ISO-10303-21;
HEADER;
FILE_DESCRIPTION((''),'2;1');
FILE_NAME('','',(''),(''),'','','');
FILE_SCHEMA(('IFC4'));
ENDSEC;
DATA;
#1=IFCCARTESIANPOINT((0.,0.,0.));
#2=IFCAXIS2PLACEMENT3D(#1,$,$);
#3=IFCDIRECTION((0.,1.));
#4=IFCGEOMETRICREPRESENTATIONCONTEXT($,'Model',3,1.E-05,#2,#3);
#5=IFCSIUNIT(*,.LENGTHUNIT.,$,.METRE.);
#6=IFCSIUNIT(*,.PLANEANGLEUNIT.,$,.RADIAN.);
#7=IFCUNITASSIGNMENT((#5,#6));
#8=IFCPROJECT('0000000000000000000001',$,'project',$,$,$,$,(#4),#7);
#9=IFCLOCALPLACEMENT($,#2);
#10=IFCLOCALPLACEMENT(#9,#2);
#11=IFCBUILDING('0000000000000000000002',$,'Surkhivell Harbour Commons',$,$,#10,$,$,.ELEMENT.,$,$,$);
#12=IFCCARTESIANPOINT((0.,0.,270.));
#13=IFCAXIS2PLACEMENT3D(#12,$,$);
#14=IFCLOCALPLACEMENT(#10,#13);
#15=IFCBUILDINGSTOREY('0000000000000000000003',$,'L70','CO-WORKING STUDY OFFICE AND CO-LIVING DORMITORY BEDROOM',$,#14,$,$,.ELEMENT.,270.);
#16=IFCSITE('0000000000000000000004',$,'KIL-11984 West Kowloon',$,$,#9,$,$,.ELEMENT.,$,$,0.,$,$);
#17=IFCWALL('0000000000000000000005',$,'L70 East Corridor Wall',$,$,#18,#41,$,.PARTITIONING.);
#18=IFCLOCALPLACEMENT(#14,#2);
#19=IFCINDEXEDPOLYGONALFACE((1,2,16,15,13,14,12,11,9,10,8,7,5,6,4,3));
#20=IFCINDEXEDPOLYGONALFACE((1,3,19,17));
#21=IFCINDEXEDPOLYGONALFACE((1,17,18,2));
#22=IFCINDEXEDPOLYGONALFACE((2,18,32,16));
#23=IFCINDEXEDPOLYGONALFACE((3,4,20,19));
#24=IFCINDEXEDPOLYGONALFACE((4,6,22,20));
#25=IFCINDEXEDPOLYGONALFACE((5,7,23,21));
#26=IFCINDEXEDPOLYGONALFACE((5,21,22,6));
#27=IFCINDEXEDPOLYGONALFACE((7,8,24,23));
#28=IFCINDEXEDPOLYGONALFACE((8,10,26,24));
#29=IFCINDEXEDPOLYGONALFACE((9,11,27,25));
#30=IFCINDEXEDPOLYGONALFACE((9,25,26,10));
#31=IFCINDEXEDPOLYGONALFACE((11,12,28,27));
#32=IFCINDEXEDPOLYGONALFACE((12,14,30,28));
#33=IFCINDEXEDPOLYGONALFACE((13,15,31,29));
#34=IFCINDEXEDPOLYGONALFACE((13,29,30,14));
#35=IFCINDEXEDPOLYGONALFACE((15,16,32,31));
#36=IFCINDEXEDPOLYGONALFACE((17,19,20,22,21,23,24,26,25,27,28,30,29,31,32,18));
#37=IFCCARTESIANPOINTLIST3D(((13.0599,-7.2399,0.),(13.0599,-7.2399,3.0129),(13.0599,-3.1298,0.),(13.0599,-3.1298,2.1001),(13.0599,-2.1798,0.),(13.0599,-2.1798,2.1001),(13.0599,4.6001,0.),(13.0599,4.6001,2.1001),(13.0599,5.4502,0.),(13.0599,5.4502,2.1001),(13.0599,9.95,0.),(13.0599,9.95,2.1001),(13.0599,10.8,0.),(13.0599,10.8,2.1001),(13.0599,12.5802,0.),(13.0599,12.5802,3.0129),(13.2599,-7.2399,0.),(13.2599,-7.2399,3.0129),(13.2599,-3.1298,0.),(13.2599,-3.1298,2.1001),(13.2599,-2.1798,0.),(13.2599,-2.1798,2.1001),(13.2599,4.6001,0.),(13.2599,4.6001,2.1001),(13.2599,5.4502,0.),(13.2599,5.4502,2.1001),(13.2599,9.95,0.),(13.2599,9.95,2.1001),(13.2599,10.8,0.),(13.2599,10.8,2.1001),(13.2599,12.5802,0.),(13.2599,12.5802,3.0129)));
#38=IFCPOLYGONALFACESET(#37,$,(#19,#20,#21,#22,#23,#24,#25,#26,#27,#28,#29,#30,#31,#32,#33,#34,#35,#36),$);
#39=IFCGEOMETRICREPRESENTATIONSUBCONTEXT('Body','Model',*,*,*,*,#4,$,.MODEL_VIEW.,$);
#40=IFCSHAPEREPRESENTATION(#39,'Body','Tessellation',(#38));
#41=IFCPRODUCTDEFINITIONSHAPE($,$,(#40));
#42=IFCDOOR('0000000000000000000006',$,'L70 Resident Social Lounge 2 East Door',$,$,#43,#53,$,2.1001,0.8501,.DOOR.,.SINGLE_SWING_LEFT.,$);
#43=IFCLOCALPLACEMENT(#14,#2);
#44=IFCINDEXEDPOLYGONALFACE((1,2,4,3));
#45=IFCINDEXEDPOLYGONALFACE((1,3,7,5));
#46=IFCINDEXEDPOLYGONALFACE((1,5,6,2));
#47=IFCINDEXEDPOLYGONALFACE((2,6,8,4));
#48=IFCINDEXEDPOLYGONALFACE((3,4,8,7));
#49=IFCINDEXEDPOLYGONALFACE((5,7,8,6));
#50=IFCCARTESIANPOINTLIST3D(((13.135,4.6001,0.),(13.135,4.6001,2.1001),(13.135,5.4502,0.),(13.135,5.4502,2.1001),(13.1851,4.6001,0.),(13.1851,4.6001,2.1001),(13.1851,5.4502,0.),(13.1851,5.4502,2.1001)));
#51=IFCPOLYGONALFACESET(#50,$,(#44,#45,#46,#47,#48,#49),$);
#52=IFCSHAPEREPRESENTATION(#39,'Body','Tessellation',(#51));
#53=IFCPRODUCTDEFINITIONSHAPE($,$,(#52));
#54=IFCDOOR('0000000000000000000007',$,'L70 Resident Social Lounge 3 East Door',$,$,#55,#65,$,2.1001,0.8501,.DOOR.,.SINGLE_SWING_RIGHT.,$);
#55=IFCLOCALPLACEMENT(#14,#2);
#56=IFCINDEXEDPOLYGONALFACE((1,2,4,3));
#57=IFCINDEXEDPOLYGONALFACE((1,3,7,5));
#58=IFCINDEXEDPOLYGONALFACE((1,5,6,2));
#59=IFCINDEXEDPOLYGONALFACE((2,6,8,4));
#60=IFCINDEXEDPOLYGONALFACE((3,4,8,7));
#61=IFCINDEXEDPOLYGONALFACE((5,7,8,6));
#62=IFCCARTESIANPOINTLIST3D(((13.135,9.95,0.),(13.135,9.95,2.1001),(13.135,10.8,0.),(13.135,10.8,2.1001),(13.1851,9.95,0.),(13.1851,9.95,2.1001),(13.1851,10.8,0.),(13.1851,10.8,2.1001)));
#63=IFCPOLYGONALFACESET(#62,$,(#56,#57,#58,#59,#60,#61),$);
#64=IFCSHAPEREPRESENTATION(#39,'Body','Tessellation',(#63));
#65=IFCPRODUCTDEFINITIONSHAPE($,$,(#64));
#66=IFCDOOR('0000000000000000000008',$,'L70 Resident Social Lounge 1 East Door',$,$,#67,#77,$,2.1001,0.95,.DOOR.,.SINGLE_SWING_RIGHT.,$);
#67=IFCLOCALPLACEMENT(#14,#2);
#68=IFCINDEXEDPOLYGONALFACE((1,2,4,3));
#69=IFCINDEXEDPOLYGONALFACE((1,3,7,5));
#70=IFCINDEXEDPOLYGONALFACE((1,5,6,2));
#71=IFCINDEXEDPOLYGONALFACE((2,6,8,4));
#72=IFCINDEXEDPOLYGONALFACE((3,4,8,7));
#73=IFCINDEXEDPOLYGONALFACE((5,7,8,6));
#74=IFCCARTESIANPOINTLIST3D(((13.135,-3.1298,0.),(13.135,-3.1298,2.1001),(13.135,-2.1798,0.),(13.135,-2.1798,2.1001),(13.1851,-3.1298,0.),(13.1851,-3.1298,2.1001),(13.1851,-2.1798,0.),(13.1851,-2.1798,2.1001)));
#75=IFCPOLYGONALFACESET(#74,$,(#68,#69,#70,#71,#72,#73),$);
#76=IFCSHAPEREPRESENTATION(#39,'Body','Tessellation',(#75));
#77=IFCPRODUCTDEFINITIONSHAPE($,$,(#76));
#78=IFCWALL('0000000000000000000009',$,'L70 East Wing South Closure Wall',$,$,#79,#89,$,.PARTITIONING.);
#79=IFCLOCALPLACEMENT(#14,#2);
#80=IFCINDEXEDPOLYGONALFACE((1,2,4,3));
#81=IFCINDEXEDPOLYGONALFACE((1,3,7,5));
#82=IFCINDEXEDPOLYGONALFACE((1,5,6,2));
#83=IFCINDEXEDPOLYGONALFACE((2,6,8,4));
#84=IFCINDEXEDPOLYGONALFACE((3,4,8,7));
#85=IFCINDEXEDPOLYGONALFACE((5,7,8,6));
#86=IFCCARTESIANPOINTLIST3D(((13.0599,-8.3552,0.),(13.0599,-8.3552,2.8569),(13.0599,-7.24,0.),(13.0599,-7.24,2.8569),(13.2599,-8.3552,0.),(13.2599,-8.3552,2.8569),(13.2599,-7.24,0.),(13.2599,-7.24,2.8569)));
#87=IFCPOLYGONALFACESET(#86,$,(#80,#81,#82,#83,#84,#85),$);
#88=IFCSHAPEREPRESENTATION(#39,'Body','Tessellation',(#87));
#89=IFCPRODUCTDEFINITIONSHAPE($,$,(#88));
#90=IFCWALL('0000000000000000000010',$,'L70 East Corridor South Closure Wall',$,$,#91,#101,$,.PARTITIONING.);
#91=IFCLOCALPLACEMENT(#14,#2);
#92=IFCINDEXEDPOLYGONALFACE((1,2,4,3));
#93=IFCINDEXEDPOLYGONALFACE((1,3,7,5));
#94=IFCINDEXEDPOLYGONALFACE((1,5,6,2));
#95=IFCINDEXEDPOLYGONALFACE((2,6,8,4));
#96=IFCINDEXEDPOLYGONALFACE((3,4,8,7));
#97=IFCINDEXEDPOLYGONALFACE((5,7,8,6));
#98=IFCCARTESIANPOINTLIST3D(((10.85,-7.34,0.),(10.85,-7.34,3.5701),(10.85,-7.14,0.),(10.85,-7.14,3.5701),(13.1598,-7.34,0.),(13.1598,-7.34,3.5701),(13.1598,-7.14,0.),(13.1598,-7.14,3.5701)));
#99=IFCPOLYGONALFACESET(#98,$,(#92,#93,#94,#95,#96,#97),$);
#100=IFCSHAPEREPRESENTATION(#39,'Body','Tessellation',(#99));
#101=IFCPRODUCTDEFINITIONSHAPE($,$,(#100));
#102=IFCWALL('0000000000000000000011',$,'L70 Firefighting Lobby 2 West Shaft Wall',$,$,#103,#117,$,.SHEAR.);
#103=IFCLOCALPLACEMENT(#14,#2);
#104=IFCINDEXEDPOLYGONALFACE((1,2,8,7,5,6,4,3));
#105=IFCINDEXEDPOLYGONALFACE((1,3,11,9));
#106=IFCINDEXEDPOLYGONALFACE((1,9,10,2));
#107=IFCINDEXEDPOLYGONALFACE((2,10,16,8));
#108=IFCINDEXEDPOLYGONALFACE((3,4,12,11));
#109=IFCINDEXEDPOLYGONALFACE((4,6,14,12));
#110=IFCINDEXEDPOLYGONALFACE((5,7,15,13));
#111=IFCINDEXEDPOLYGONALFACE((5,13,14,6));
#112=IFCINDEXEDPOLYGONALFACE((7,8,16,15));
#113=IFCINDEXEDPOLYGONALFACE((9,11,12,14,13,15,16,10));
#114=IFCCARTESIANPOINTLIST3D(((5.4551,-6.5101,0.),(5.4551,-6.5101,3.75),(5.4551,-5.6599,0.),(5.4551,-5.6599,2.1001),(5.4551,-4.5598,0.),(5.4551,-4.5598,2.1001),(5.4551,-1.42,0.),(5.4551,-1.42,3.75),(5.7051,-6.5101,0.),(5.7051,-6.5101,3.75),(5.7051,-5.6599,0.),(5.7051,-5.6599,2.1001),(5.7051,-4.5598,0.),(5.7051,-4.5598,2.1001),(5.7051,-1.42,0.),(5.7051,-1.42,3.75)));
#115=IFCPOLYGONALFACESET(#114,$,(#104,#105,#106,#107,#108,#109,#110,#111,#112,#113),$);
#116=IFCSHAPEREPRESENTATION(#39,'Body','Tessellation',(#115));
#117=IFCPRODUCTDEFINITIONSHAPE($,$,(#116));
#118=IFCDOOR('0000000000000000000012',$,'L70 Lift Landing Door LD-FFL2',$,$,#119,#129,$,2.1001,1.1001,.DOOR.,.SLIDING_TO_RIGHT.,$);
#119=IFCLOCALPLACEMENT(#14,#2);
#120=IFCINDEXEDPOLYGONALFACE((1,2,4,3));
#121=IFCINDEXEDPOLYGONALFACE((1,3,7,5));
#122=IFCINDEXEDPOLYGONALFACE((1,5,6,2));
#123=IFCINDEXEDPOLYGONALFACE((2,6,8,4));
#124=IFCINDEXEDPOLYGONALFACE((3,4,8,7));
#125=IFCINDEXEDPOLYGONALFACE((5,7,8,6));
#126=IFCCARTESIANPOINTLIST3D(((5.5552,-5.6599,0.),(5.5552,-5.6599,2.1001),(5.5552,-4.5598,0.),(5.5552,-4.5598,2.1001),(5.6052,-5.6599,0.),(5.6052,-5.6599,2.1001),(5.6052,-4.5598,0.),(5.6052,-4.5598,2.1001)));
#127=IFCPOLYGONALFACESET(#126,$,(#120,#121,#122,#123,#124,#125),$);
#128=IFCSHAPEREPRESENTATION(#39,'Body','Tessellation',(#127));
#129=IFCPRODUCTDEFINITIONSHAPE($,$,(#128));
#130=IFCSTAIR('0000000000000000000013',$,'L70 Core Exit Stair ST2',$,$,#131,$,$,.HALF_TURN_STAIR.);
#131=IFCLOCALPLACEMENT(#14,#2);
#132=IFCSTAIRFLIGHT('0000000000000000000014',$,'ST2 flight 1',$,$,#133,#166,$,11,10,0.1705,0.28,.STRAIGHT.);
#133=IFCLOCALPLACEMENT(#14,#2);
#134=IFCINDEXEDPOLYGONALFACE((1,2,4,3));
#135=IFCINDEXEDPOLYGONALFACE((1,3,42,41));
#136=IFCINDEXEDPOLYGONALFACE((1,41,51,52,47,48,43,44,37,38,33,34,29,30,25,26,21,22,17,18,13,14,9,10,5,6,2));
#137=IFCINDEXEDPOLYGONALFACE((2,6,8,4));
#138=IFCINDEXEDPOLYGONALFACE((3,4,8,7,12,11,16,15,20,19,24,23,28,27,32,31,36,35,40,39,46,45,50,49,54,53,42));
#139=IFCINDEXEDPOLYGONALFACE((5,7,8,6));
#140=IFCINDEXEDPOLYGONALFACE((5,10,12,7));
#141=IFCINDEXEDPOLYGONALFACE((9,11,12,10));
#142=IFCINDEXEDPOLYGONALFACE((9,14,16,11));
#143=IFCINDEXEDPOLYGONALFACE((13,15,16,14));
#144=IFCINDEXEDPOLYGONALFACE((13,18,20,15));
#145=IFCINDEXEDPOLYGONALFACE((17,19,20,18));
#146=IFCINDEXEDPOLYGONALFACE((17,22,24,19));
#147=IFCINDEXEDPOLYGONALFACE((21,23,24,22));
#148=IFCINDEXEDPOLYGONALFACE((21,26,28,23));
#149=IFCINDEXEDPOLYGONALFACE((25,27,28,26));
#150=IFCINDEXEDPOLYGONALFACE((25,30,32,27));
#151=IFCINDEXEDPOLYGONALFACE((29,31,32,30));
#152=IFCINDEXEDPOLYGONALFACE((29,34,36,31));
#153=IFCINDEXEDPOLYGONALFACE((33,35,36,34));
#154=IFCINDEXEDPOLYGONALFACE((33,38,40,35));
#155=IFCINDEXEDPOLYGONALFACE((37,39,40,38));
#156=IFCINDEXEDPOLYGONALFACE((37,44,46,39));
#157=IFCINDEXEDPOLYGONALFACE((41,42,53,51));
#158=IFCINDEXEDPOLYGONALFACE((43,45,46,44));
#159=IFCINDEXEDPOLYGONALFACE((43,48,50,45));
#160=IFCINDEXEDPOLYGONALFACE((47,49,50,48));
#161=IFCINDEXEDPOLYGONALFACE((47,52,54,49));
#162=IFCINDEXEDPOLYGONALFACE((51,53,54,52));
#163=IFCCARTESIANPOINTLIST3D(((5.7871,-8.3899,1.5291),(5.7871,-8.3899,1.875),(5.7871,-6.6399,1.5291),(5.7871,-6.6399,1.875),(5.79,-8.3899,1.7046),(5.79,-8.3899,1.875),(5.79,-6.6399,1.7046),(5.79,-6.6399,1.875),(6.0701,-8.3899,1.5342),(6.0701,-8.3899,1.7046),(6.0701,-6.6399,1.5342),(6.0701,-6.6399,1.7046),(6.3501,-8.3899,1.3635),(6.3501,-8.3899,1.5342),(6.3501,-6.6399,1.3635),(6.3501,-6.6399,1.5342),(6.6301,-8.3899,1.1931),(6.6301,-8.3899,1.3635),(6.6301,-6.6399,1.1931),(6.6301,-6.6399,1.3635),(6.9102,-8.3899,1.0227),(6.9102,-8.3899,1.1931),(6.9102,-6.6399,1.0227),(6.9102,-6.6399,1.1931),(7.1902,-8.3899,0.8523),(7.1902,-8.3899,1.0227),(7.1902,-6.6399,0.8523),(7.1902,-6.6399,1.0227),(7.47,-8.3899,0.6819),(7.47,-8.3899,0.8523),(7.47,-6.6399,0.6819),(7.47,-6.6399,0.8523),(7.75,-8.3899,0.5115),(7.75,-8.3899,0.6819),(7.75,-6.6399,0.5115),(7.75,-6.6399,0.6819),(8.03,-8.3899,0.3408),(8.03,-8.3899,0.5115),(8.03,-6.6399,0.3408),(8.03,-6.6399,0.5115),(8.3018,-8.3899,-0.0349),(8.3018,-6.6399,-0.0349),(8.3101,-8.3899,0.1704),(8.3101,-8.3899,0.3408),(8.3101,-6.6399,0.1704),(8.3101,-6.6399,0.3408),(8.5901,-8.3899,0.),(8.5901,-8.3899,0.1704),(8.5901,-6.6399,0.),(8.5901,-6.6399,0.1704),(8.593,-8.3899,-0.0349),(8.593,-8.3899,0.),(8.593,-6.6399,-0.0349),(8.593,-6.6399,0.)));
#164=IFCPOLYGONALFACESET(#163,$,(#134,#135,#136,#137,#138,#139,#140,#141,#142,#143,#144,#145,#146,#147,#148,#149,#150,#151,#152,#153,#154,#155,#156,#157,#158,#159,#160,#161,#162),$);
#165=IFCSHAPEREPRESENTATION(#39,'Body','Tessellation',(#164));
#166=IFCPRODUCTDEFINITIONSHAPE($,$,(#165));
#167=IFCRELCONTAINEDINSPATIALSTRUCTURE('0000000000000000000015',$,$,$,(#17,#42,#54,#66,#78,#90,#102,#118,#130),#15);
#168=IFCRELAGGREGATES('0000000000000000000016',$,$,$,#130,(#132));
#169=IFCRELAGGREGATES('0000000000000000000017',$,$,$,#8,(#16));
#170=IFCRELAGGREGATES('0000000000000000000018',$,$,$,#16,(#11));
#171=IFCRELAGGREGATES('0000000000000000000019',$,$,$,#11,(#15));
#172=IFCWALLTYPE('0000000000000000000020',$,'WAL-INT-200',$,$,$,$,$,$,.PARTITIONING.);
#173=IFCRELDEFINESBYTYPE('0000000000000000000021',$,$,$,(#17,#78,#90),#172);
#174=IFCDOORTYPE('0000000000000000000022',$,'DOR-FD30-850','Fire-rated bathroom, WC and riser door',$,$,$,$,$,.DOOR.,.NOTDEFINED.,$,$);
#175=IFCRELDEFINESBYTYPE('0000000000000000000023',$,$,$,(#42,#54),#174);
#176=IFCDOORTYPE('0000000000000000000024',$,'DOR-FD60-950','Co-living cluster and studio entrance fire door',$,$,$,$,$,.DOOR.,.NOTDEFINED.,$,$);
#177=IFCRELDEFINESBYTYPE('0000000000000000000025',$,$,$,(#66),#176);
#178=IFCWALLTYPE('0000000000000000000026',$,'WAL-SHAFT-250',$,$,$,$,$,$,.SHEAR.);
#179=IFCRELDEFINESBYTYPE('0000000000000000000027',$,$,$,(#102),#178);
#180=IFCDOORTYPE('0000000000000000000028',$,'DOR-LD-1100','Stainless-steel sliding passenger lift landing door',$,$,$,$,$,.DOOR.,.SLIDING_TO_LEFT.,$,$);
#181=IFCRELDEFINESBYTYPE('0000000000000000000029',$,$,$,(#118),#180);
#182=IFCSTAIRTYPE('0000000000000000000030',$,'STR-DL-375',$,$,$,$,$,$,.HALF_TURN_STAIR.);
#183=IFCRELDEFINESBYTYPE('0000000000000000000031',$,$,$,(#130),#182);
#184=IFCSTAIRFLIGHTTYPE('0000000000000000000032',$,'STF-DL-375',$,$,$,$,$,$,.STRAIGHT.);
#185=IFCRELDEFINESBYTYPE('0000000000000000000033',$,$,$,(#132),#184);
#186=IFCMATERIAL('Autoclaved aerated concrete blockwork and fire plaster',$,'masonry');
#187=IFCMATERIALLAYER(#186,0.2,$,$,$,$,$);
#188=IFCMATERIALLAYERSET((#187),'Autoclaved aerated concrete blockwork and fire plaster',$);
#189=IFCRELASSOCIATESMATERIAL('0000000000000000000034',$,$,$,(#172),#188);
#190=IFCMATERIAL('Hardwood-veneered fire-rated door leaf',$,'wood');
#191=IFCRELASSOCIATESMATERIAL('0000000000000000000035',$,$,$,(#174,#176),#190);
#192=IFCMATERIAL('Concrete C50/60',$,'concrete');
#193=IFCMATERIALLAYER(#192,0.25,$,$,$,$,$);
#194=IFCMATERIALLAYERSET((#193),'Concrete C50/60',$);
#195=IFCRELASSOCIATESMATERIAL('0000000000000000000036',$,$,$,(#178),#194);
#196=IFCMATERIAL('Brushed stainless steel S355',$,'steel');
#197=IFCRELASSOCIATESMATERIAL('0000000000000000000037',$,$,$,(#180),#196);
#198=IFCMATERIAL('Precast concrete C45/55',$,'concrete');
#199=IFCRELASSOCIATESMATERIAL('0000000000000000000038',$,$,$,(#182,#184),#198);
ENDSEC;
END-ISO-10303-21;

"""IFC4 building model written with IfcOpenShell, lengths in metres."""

from ifc_helpers import new_model, si_unit, direction, frame, frame_2d, origin, place, context, subcontext, project, spatial, polyline, rectangle, outline, extrude, material, layer, layer_set, type_object, element, fill, aggregate, save


model = new_model("IFC4")

# Units and contexts
model_context = context("Model", 3, precision=1e-05, world=origin(), true_north=direction((0.0, 1.0)))
body_context = subcontext(model_context, "Body", "Model", "MODEL_VIEW")
ifc_project = project(units=[si_unit("LENGTHUNIT", "METRE"), si_unit("PLANEANGLEUNIT", "RADIAN")], contexts=[model_context])

# Site, building, storey
site_placement = place(None, origin())
site = spatial("IfcSite", under=ifc_project, at=site_placement, Name="KIL-11984 West Kowloon", CompositionType="ELEMENT", RefElevation=0.0)
building_placement = place(site_placement, origin())
building = spatial("IfcBuilding", under=site, at=building_placement, Name="Surkhivell Harbour Commons", CompositionType="ELEMENT")
storey_placement = place(building_placement, frame((0.0, 0.0, 270.0)))
storey = spatial("IfcBuildingStorey", under=building, at=storey_placement, Name="L70", Description="CO-WORKING STUDY OFFICE AND CO-LIVING DORMITORY BEDROOM", CompositionType="ELEMENT", Elevation=270.0)

# Shared definitions
ifc_material_1 = material(Name="Concrete C50/60", Category="concrete")

# Wall, openings, doors
ifc_material_2 = material(Name="Autoclaved aerated concrete blockwork and fire plaster", Category="masonry")
ifc_layer_1 = layer(ifc_material_2, 0.2)
ifc_layer_set_1 = layer_set([ifc_layer_1], Name="Autoclaved aerated concrete blockwork and fire plaster")
wall_type_1 = type_object("IfcWallType", Name="WAL-INT-200", PredefinedType="PARTITIONING", material=ifc_layer_set_1)
wall_1_placement = place(storey_placement, frame((13.1599, -7.24, 0.0), z_axis=(0.0, 0.0, 1.0), x_axis=(0.0, 1.0, 0.0)))
wall_1 = element("IfcWall", 1, at=wall_1_placement, inside=storey, type_object=wall_type_1, Name="L70 East Corridor Wall", PredefinedType="PARTITIONING", context=body_context, shape_type="SweptSolid", body=[
    extrude(rectangle(XDim=19.8201, YDim=0.2, at=frame_2d((9.9102, 0.0))), origin(), (0.0, 0.0, 1.0), 3.0129),
])
opening_1_placement = place(wall_1_placement, frame((4.1101, 0.0, 0.0)))
opening_1 = element("IfcOpeningElement", 2, at=opening_1_placement, cuts=wall_1, PredefinedType="OPENING", context=body_context, shape_type="SweptSolid", body=[
    extrude(rectangle(XDim=0.95, YDim=2.1001, at=frame_2d((0.4751, 1.05))), frame((0.0, 0.1099, 0.0), z_axis=(0.0, -1.0, 0.0), x_axis=(1.0, 0.0, 0.0)), (0.0, 0.0, 1.0), 0.22),
])
opening_2_placement = place(wall_1_placement, frame((11.8401, 0.0, 0.0)))
opening_2 = element("IfcOpeningElement", 3, at=opening_2_placement, cuts=wall_1, PredefinedType="OPENING", context=body_context, shape_type="SweptSolid", body=[
    extrude(rectangle(XDim=0.8501, YDim=2.1001, at=frame_2d((0.425, 1.05))), frame((0.0, 0.1099, 0.0), z_axis=(0.0, -1.0, 0.0), x_axis=(1.0, 0.0, 0.0)), (0.0, 0.0, 1.0), 0.22),
])
opening_3_placement = place(wall_1_placement, frame((17.1899, 0.0, 0.0)))
opening_3 = element("IfcOpeningElement", 4, at=opening_3_placement, cuts=wall_1, PredefinedType="OPENING", context=body_context, shape_type="SweptSolid", body=[
    extrude(rectangle(XDim=0.8501, YDim=2.1001, at=frame_2d((0.425, 1.05))), frame((0.0, 0.1099, 0.0), z_axis=(0.0, -1.0, 0.0), x_axis=(1.0, 0.0, 0.0)), (0.0, 0.0, 1.0), 0.22),
])
ifc_material_3 = material(Name="Hardwood-veneered fire-rated door leaf", Category="wood")
door_type_1 = type_object("IfcDoorType", Name="DOR-FD30-850", Description="Fire-rated bathroom, WC and riser door", OperationType="NOTDEFINED", PredefinedType="DOOR", material=ifc_material_3)
door_1_placement = place(opening_2_placement, origin())
door_1 = element("IfcDoor", 5, at=door_1_placement, inside=storey, type_object=door_type_1, Name="L70 Resident Social Lounge 2 East Door", OperationType="SINGLE_SWING_LEFT", OverallHeight=2.1001, OverallWidth=0.8501, PredefinedType="DOOR", context=body_context, shape_type="SweptSolid", body=[
    extrude(rectangle(XDim=0.8501, YDim=2.1001, at=frame_2d((0.425, 1.05))), frame((0.0, 0.0249, 0.0), z_axis=(0.0, -1.0, 0.0), x_axis=(1.0, 0.0, 0.0)), (0.0, 0.0, 1.0), 0.05),
])
fill(opening_2, door_1)
door_2_placement = place(opening_3_placement, origin())
door_2 = element("IfcDoor", 6, at=door_2_placement, inside=storey, type_object=door_type_1, Name="L70 Resident Social Lounge 3 East Door", OperationType="SINGLE_SWING_RIGHT", OverallHeight=2.1001, OverallWidth=0.8501, PredefinedType="DOOR", context=body_context, shape_type="SweptSolid", body=[
    extrude(rectangle(XDim=0.8501, YDim=2.1001, at=frame_2d((0.425, 1.05))), frame((0.0, 0.0249, 0.0), z_axis=(0.0, -1.0, 0.0), x_axis=(1.0, 0.0, 0.0)), (0.0, 0.0, 1.0), 0.05),
])
fill(opening_3, door_2)
door_type_2 = type_object("IfcDoorType", Name="DOR-FD60-950", Description="Co-living cluster and studio entrance fire door", OperationType="NOTDEFINED", PredefinedType="DOOR", material=ifc_material_3)
door_3_placement = place(opening_1_placement, origin())
door_3 = element("IfcDoor", 7, at=door_3_placement, inside=storey, type_object=door_type_2, Name="L70 Resident Social Lounge 1 East Door", OperationType="SINGLE_SWING_RIGHT", OverallHeight=2.1001, OverallWidth=0.95, PredefinedType="DOOR", context=body_context, shape_type="SweptSolid", body=[
    extrude(rectangle(XDim=0.95, YDim=2.1001, at=frame_2d((0.4751, 1.05))), frame((0.0, 0.0249, 0.0), z_axis=(0.0, -1.0, 0.0), x_axis=(1.0, 0.0, 0.0)), (0.0, 0.0, 1.0), 0.05),
])
fill(opening_1, door_3)

# Walls
wall_2_placement = place(storey_placement, frame((13.1599, -8.3552, 0.0), z_axis=(0.0, 0.0, 1.0), x_axis=(0.0, 1.0, 0.0)))
element("IfcWall", 8, at=wall_2_placement, inside=storey, type_object=wall_type_1, Name="L70 East Wing South Closure Wall", PredefinedType="PARTITIONING", context=body_context, shape_type="SweptSolid", body=[
    extrude(rectangle(XDim=1.1152, YDim=0.2, at=frame_2d((0.5576, 0.0))), origin(), (0.0, 0.0, 1.0), 2.8569),
])
wall_3_placement = place(storey_placement, frame((10.8501, -7.24, 0.0), z_axis=(0.0, 0.0, 1.0), x_axis=(1.0, 0.0, 0.0)))
element("IfcWall", 9, at=wall_3_placement, inside=storey, type_object=wall_type_1, Name="L70 East Corridor South Closure Wall", PredefinedType="PARTITIONING", context=body_context, shape_type="SweptSolid", body=[
    extrude(rectangle(XDim=2.3098, YDim=0.2, at=frame_2d((1.1548, 0.0))), origin(), (0.0, 0.0, 1.0), 3.5701),
])

# Wall, opening, door
ifc_layer_2 = layer(ifc_material_1, 0.25)
ifc_layer_set_2 = layer_set([ifc_layer_2], Name="Concrete C50/60")
wall_type_2 = type_object("IfcWallType", Name="WAL-SHAFT-250", PredefinedType="SHEAR", material=ifc_layer_set_2)
wall_4_placement = place(storey_placement, frame((5.5801, -6.51, 0.0), z_axis=(0.0, 0.0, 1.0), x_axis=(0.0, 1.0, 0.0)))
wall_4 = element("IfcWall", 10, at=wall_4_placement, inside=storey, type_object=wall_type_2, Name="L70 Firefighting Lobby 2 West Shaft Wall", PredefinedType="SHEAR", context=body_context, shape_type="SweptSolid", body=[
    extrude(rectangle(XDim=5.0901, YDim=0.25, at=frame_2d((2.5449, 0.0))), origin(), (0.0, 0.0, 1.0), 3.75),
])
opening_4_placement = place(wall_4_placement, frame((0.8501, 0.0, 0.0)))
opening_4 = element("IfcOpeningElement", 11, at=opening_4_placement, cuts=wall_4, PredefinedType="OPENING", context=body_context, shape_type="SweptSolid", body=[
    extrude(rectangle(XDim=1.1001, YDim=2.1001, at=frame_2d((0.55, 1.05))), frame((0.0, 0.135, 0.0), z_axis=(0.0, -1.0, 0.0), x_axis=(1.0, 0.0, 0.0)), (0.0, 0.0, 1.0), 0.27),
])
ifc_material_4 = material(Name="Brushed stainless steel S355", Category="steel")
door_type_3 = type_object("IfcDoorType", Name="DOR-LD-1100", Description="Stainless-steel sliding passenger lift landing door", OperationType="SLIDING_TO_LEFT", PredefinedType="DOOR", material=ifc_material_4)
door_4_placement = place(opening_4_placement, origin())
door_4 = element("IfcDoor", 12, at=door_4_placement, inside=storey, type_object=door_type_3, Name="L70 Lift Landing Door LD-FFL2", OperationType="SLIDING_TO_RIGHT", OverallHeight=2.1001, OverallWidth=1.1001, PredefinedType="DOOR", context=body_context, shape_type="SweptSolid", body=[
    extrude(rectangle(XDim=1.1001, YDim=2.1001, at=frame_2d((0.55, 1.05))), frame((0.0, 0.0249, 0.0), z_axis=(0.0, -1.0, 0.0), x_axis=(1.0, 0.0, 0.0)), (0.0, 0.0, 1.0), 0.05),
])
fill(opening_4, door_4)

# Stair, stair flight
ifc_material_5 = material(Name="Precast concrete C45/55", Category="concrete")
stair_type = type_object("IfcStairType", Name="STR-DL-375", PredefinedType="HALF_TURN_STAIR", material=ifc_material_5)
stair_placement = place(storey_placement, origin())
stair = element("IfcStair", 13, at=stair_placement, inside=storey, type_object=stair_type, Name="L70 Core Exit Stair ST2", PredefinedType="HALF_TURN_STAIR")
stair_flight_type = type_object("IfcStairFlightType", Name="STF-DL-375", PredefinedType="STRAIGHT", material=ifc_material_5)
stair_flight_1_placement = place(storey_placement, frame((8.5901, -7.5149, 0.0), z_axis=(0.0, 0.0, 1.0), x_axis=(-1.0, 0.0, 0.0)))
stair_flight_1 = element("IfcStairFlight", 14, at=stair_flight_1_placement, type_object=stair_flight_type, Name="ST2 flight 1", NumberOfRisers=11, NumberOfTreads=10, PredefinedType="STRAIGHT", RiserHeight=0.1705, TreadLength=0.28, context=body_context, shape_type="SweptSolid", body=[
    extrude(outline(polyline([(-0.0029, -0.0349), (-0.0029, 0.0), (0.0, 0.0), (0.0, 0.1704), (0.28, 0.1704), (0.28, 0.3408), (0.5601, 0.3408), (0.5601, 0.5115), (0.8401, 0.5115), (0.8401, 0.6819), (1.1201, 0.6819), (1.1201, 0.8523), (1.3999, 0.8523), (1.3999, 1.0227), (1.6799, 1.0227), (1.6799, 1.1931), (1.96, 1.1931), (1.96, 1.3635), (2.24, 1.3635), (2.24, 1.5342), (2.52, 1.5342), (2.52, 1.7046), (2.8, 1.7046), (2.8, 1.875), (2.803, 1.875), (2.803, 1.5291), (0.2883, -0.0349), (-0.0029, -0.0349)])), frame((0.0, 0.875, 0.0), z_axis=(0.0, -1.0, 0.0), x_axis=(1.0, 0.0, 0.0)), (0.0, 0.0, 1.0), 1.75),
])
aggregate(stair, [stair_flight_1])

save(model, "model.ifc")
